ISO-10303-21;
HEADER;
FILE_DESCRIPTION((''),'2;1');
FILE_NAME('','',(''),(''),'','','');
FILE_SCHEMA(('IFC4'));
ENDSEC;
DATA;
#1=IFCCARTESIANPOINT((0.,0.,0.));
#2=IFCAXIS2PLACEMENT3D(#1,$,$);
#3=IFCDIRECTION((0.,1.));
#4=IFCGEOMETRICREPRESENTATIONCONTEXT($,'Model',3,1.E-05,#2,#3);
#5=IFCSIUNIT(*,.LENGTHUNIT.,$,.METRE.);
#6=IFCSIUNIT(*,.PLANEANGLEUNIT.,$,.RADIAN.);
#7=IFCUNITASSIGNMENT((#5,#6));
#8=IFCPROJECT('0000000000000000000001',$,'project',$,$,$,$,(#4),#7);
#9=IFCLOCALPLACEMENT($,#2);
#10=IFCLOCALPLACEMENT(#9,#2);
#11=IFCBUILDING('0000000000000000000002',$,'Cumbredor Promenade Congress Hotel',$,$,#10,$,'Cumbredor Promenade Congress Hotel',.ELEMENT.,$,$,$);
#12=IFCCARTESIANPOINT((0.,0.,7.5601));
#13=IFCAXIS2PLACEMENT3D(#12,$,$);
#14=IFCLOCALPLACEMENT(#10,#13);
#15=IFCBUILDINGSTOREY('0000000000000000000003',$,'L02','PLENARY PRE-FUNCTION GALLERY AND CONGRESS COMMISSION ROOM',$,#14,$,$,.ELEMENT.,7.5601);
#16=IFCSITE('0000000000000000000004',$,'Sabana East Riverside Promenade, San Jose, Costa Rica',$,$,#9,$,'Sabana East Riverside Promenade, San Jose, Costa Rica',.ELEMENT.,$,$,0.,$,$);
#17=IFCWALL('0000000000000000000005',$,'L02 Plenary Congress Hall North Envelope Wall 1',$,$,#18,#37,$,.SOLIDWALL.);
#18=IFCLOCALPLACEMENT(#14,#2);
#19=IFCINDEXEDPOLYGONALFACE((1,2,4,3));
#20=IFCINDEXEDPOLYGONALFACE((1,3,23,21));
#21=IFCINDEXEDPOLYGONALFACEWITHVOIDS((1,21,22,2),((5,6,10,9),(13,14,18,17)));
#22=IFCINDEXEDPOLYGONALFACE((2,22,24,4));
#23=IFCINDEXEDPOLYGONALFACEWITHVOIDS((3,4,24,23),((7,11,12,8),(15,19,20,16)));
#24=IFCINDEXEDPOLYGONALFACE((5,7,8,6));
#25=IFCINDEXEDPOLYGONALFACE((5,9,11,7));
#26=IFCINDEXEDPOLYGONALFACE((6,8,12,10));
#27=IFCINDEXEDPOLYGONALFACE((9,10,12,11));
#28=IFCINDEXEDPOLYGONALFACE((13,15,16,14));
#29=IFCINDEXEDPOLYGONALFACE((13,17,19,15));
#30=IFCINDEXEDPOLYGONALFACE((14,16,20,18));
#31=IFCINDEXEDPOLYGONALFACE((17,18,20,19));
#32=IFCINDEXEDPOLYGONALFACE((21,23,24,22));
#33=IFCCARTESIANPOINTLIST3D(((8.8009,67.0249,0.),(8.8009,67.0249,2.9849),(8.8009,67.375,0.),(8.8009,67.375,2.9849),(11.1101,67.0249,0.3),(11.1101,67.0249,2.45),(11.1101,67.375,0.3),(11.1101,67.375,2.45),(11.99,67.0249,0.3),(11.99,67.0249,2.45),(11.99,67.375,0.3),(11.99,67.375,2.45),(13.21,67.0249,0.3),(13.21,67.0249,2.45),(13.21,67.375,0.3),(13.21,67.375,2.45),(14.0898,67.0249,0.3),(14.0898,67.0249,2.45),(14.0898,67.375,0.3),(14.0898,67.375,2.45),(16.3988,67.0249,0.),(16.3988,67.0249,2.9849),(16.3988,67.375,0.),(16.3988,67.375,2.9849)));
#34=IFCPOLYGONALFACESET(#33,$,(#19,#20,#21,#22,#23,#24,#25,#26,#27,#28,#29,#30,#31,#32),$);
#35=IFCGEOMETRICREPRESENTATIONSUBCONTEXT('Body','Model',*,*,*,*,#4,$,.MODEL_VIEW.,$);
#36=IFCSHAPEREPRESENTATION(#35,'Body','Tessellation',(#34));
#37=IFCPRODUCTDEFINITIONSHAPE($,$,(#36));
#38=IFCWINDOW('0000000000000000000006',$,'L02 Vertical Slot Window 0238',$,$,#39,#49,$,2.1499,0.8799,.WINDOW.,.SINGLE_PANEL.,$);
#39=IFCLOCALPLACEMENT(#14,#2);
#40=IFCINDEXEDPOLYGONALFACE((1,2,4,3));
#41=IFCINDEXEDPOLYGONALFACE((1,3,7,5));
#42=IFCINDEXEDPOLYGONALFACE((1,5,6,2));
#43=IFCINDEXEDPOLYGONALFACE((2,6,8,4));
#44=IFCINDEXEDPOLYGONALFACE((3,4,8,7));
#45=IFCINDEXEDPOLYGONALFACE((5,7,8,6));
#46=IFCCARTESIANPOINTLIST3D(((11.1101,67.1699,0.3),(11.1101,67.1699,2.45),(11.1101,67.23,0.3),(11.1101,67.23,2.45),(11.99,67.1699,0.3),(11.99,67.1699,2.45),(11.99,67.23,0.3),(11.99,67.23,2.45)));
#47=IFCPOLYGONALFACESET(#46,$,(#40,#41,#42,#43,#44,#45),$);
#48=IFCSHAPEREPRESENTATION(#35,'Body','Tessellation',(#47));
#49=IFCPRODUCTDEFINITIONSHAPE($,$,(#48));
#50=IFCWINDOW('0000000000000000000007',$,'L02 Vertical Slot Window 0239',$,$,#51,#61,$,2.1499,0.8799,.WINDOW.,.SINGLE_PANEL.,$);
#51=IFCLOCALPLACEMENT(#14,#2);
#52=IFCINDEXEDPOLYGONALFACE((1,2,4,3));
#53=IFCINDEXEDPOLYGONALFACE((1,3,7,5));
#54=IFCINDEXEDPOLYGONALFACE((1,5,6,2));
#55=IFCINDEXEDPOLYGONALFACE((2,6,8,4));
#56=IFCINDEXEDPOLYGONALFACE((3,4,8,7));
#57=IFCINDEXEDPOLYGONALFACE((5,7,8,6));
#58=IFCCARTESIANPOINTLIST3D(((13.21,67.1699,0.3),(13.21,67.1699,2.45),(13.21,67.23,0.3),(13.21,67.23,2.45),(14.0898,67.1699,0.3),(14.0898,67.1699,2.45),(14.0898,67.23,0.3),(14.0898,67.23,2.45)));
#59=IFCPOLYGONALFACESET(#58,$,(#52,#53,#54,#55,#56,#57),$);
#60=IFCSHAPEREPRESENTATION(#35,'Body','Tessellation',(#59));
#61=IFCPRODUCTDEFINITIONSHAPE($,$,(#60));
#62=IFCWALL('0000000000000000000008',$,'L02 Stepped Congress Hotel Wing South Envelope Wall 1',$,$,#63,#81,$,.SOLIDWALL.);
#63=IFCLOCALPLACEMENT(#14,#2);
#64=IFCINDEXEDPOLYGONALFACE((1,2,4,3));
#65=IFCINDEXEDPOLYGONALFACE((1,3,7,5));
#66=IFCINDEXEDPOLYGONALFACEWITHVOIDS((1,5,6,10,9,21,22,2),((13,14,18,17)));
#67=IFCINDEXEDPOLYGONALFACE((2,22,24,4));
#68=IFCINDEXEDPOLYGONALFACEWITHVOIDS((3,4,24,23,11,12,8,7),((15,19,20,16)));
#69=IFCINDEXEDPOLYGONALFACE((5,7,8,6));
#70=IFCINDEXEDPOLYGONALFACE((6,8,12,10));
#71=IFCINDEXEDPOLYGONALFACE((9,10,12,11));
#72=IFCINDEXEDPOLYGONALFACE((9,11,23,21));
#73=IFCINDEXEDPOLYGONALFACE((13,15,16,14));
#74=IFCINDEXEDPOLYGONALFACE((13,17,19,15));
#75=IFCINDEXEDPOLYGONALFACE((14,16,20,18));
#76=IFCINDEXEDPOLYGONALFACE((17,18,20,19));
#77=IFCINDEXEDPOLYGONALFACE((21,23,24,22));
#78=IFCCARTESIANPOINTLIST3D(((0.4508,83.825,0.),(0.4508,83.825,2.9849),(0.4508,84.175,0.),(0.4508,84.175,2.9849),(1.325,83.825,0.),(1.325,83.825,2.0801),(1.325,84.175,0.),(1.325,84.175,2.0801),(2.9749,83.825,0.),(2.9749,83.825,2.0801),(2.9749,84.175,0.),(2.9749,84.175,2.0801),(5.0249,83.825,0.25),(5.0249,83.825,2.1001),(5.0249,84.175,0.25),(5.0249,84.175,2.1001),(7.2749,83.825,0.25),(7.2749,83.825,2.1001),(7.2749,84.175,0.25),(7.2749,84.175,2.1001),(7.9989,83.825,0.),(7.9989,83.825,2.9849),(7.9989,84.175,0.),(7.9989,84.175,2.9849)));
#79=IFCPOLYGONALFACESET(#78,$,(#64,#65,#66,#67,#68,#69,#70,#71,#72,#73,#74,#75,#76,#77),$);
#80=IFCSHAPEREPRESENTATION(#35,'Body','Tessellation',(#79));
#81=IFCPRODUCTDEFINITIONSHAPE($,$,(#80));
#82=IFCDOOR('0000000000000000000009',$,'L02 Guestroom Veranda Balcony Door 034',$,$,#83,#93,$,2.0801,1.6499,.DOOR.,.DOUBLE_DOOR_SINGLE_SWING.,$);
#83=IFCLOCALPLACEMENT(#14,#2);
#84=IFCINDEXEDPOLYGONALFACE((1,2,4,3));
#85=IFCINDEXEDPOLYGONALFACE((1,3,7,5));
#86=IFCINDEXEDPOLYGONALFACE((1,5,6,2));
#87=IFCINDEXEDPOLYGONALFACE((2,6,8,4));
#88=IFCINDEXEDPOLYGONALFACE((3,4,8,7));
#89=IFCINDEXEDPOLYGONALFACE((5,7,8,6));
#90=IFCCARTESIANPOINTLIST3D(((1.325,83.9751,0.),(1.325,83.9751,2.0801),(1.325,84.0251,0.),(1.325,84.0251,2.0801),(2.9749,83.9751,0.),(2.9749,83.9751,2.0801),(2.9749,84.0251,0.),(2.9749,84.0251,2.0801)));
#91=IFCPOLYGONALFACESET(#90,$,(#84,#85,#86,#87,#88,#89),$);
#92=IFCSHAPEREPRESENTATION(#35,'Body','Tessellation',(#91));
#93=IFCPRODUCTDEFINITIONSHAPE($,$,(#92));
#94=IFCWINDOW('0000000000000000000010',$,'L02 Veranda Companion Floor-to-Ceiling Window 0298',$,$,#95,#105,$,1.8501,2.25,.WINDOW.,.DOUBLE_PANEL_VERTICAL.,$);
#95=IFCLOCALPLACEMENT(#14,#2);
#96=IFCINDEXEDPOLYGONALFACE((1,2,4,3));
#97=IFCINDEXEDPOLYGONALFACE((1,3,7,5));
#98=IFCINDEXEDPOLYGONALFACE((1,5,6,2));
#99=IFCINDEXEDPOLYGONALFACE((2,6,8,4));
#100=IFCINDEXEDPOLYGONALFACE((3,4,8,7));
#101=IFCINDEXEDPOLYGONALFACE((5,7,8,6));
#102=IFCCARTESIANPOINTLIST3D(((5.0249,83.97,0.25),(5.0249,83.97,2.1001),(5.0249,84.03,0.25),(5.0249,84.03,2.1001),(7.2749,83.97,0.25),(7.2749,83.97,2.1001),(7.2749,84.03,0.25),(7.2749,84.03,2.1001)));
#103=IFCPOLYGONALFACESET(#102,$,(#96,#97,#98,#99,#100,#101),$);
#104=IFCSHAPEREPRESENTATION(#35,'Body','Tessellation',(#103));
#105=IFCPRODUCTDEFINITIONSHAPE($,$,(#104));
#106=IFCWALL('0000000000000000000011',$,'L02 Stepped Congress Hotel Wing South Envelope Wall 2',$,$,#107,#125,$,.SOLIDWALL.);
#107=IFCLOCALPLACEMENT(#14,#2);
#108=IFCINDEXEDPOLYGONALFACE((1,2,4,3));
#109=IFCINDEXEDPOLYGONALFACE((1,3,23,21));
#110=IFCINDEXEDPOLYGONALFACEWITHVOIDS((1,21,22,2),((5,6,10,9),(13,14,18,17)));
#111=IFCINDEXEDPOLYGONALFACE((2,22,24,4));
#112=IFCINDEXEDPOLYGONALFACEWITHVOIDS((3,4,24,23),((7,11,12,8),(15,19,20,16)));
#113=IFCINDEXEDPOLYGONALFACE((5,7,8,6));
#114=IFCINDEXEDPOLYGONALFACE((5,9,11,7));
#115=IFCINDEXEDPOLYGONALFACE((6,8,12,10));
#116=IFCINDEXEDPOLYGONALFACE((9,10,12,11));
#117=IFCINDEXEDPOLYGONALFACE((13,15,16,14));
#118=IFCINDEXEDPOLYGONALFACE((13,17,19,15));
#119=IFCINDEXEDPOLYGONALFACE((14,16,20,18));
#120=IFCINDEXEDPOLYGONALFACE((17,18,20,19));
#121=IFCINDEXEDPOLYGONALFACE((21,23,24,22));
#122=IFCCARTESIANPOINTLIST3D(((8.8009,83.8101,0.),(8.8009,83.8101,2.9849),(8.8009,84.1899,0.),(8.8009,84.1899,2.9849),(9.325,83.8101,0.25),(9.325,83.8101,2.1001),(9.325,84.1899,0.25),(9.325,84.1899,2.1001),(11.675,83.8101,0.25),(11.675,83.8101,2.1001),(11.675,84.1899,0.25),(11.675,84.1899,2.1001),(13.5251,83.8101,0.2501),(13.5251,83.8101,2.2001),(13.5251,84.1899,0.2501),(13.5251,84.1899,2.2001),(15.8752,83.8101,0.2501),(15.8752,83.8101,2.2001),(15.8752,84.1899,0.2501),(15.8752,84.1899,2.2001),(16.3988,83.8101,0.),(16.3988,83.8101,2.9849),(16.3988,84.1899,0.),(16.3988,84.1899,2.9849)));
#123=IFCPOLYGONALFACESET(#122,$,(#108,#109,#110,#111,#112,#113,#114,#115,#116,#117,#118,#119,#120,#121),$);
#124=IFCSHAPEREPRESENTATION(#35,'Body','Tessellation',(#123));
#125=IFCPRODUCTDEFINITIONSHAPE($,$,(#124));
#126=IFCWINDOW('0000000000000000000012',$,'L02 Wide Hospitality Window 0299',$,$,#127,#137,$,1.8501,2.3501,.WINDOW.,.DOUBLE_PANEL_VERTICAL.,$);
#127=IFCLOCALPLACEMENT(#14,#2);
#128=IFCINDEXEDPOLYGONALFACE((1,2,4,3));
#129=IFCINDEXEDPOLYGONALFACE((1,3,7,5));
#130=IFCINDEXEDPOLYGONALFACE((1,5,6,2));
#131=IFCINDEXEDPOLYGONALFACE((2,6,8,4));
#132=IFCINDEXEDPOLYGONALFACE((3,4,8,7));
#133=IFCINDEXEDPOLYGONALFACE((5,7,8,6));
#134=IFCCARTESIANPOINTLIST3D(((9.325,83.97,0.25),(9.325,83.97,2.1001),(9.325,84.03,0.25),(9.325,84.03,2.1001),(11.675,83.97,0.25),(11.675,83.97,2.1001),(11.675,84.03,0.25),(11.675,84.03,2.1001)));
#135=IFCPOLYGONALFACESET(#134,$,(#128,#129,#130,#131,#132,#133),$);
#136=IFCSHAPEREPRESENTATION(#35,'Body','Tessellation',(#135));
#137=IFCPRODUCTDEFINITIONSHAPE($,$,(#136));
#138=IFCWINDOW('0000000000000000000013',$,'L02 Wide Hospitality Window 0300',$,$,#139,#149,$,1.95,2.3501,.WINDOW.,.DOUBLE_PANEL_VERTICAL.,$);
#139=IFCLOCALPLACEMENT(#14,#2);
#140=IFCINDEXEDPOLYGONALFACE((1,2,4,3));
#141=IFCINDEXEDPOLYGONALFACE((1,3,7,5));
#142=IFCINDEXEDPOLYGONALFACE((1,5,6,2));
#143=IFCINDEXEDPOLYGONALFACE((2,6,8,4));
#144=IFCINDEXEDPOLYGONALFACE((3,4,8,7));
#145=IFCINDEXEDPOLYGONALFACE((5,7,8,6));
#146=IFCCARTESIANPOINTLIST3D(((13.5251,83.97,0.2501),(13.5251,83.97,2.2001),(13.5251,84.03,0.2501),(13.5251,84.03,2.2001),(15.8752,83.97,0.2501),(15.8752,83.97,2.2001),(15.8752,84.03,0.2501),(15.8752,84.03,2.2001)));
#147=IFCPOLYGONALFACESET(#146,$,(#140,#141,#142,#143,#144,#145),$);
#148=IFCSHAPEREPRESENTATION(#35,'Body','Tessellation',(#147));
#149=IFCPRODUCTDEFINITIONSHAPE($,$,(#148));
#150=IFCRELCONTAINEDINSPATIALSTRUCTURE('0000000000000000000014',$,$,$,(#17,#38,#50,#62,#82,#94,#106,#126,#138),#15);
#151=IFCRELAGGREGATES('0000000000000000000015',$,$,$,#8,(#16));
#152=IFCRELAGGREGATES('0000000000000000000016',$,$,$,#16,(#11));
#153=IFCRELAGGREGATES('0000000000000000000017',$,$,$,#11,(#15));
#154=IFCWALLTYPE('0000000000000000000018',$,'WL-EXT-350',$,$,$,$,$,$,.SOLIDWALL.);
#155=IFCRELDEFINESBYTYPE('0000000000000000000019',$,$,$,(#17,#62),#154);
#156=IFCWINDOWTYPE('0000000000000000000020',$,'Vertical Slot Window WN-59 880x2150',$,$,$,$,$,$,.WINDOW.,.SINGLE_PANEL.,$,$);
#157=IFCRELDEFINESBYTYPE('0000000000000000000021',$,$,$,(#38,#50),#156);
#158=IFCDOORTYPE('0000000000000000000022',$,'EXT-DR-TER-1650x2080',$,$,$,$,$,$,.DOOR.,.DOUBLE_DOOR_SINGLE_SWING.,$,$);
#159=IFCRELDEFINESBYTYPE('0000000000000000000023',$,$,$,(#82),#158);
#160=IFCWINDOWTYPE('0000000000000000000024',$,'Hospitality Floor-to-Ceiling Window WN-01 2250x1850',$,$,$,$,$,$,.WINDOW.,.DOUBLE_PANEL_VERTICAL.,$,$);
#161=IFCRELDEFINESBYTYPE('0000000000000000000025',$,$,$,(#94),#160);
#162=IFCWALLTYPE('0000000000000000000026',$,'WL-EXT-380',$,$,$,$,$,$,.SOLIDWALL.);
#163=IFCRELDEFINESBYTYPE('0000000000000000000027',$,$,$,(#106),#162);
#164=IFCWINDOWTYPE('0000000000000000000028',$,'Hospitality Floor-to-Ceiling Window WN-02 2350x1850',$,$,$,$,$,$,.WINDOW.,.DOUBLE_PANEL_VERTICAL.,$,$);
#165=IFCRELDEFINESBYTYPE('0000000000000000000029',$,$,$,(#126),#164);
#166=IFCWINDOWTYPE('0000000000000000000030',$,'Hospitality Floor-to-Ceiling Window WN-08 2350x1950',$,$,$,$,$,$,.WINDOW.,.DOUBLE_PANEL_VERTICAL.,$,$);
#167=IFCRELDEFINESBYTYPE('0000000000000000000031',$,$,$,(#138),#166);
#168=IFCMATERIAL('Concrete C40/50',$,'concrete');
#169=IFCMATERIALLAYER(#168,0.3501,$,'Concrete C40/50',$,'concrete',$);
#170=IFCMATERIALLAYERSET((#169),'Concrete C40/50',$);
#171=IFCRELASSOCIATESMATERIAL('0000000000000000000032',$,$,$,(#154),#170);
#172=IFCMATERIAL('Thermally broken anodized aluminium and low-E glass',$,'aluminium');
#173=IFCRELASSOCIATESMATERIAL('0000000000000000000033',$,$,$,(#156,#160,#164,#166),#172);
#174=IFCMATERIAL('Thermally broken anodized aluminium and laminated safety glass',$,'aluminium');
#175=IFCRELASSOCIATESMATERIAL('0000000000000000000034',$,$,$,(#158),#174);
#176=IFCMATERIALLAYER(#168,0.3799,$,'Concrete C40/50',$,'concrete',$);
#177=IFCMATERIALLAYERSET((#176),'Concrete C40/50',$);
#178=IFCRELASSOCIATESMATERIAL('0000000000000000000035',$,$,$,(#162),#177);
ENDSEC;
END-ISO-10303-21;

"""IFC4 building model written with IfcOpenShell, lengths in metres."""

from ifc_helpers import new_model, si_unit, direction, frame, frame_2d, origin, place, context, subcontext, project, spatial, rectangle, extrude, material, layer, layer_set, type_object, element, fill, save


model = new_model("IFC4")

# Units and contexts
model_context = context("Model", 3, precision=1e-05, world=origin(), true_north=direction((0.0, 1.0)))
body_context = subcontext(model_context, "Body", "Model", "MODEL_VIEW")
ifc_project = project(units=[si_unit("LENGTHUNIT", "METRE"), si_unit("PLANEANGLEUNIT", "RADIAN")], contexts=[model_context])

# Site, building, storey
site_placement = place(None, origin())
site = spatial("IfcSite", under=ifc_project, at=site_placement, Name="Sabana East Riverside Promenade, San Jose, Costa Rica", LongName="Sabana East Riverside Promenade, San Jose, Costa Rica", CompositionType="ELEMENT", RefElevation=0.0)
building_placement = place(site_placement, origin())
building = spatial("IfcBuilding", under=site, at=building_placement, Name="Cumbredor Promenade Congress Hotel", LongName="Cumbredor Promenade Congress Hotel", CompositionType="ELEMENT")
storey_placement = place(building_placement, frame((0.0, 0.0, 7.5601)))
storey = spatial("IfcBuildingStorey", under=building, at=storey_placement, Name="L02", Description="PLENARY PRE-FUNCTION GALLERY AND CONGRESS COMMISSION ROOM", CompositionType="ELEMENT", Elevation=7.5601)

# Shared definitions
ifc_material_1 = material(Name="Thermally broken anodized aluminium and low-E glass", Category="aluminium")

# Shared definitions
ifc_material_2 = material(Name="Concrete C40/50", Category="concrete")

# Wall, openings, windows
ifc_layer_1 = layer(ifc_material_2, 0.3501, Name="Concrete C40/50", Category="concrete")
ifc_layer_set_1 = layer_set([ifc_layer_1], Name="Concrete C40/50")
wall_type_1 = type_object("IfcWallType", Name="WL-EXT-350", PredefinedType="SOLIDWALL", material=ifc_layer_set_1)
wall_1_placement = place(storey_placement, frame((8.801, 67.2, 0.0), z_axis=(0.0, 0.0, 1.0), x_axis=(1.0, 0.0, 0.0)))
wall_1 = element("IfcWall", 1, at=wall_1_placement, inside=storey, type_object=wall_type_1, Name="L02 Plenary Congress Hall North Envelope Wall 1", PredefinedType="SOLIDWALL", context=body_context, shape_type="SweptSolid", body=[
    extrude(rectangle(XDim=7.5979, YDim=0.3501, at=frame_2d((3.7988, 0.0))), origin(), (0.0, 0.0, 1.0), 2.9849),
])
opening_1_placement = place(wall_1_placement, frame((2.3091, 0.0, 0.3)))
opening_1 = element("IfcOpeningElement", 2, at=opening_1_placement, cuts=wall_1, PredefinedType="OPENING", context=body_context, shape_type="SweptSolid", body=[
    extrude(rectangle(XDim=0.8799, YDim=2.1499, at=frame_2d((0.4399, 1.075))), frame((0.0, 0.1851, 0.0), z_axis=(0.0, -1.0, 0.0), x_axis=(1.0, 0.0, 0.0)), (0.0, 0.0, 1.0), 0.3701),
])
opening_2_placement = place(wall_1_placement, frame((4.4089, 0.0, 0.3)))
opening_2 = element("IfcOpeningElement", 3, at=opening_2_placement, cuts=wall_1, PredefinedType="OPENING", context=body_context, shape_type="SweptSolid", body=[
    extrude(rectangle(XDim=0.8799, YDim=2.1499, at=frame_2d((0.4399, 1.075))), frame((0.0, 0.1851, 0.0), z_axis=(0.0, -1.0, 0.0), x_axis=(1.0, 0.0, 0.0)), (0.0, 0.0, 1.0), 0.3701),
])
window_type_1 = type_object("IfcWindowType", Name="Vertical Slot Window WN-59 880x2150", PartitioningType="SINGLE_PANEL", PredefinedType="WINDOW", material=ifc_material_1)
window_1_placement = place(opening_1_placement, origin())
window_1 = element("IfcWindow", 4, at=window_1_placement, inside=storey, type_object=window_type_1, Name="L02 Vertical Slot Window 0238", OverallHeight=2.1499, OverallWidth=0.8799, PartitioningType="SINGLE_PANEL", PredefinedType="WINDOW", context=body_context, shape_type="SweptSolid", body=[
    extrude(rectangle(XDim=0.8799, YDim=2.1499, at=frame_2d((0.4399, 1.075))), frame((0.0, 0.03, 0.0), z_axis=(0.0, -1.0, 0.0), x_axis=(1.0, 0.0, 0.0)), (0.0, 0.0, 1.0), 0.0601),
])
fill(opening_1, window_1)
window_2_placement = place(opening_2_placement, origin())
window_2 = element("IfcWindow", 5, at=window_2_placement, inside=storey, type_object=window_type_1, Name="L02 Vertical Slot Window 0239", OverallHeight=2.1499, OverallWidth=0.8799, PartitioningType="SINGLE_PANEL", PredefinedType="WINDOW", context=body_context, shape_type="SweptSolid", body=[
    extrude(rectangle(XDim=0.8799, YDim=2.1499, at=frame_2d((0.4399, 1.075))), frame((0.0, 0.03, 0.0), z_axis=(0.0, -1.0, 0.0), x_axis=(1.0, 0.0, 0.0)), (0.0, 0.0, 1.0), 0.0601),
])
fill(opening_2, window_2)

# Wall, openings, door, window
wall_2_placement = place(storey_placement, frame((0.4509, 84.0, 0.0), z_axis=(0.0, 0.0, 1.0), x_axis=(1.0, 0.0, 0.0)))
wall_2 = element("IfcWall", 6, at=wall_2_placement, inside=storey, type_object=wall_type_1, Name="L02 Stepped Congress Hotel Wing South Envelope Wall 1", PredefinedType="SOLIDWALL", context=body_context, shape_type="SweptSolid", body=[
    extrude(rectangle(XDim=7.5481, YDim=0.3501, at=frame_2d((3.7739, 0.0))), origin(), (0.0, 0.0, 1.0), 2.9849),
])
opening_3_placement = place(wall_2_placement, frame((0.874, 0.0, 0.0)))
opening_3 = element("IfcOpeningElement", 7, at=opening_3_placement, cuts=wall_2, PredefinedType="OPENING", context=body_context, shape_type="SweptSolid", body=[
    extrude(rectangle(XDim=1.6499, YDim=2.0801, at=frame_2d((0.825, 1.04))), frame((0.0, 0.1851, 0.0), z_axis=(0.0, -1.0, 0.0), x_axis=(1.0, 0.0, 0.0)), (0.0, 0.0, 1.0), 0.3701),
])
opening_4_placement = place(wall_2_placement, frame((4.574, 0.0, 0.25)))
opening_4 = element("IfcOpeningElement", 8, at=opening_4_placement, cuts=wall_2, PredefinedType="OPENING", context=body_context, shape_type="SweptSolid", body=[
    extrude(rectangle(XDim=2.25, YDim=1.8501, at=frame_2d((1.125, 0.925))), frame((0.0, 0.1851, 0.0), z_axis=(0.0, -1.0, 0.0), x_axis=(1.0, 0.0, 0.0)), (0.0, 0.0, 1.0), 0.3701),
])
ifc_material_3 = material(Name="Thermally broken anodized aluminium and laminated safety glass", Category="aluminium")
door_type = type_object("IfcDoorType", Name="EXT-DR-TER-1650x2080", OperationType="DOUBLE_DOOR_SINGLE_SWING", PredefinedType="DOOR", material=ifc_material_3)
door_placement = place(opening_3_placement, frame((1.6499, 0.0, 0.0), z_axis=(0.0, 0.0, 1.0), x_axis=(-1.0, 0.0, 0.0)))
door = element("IfcDoor", 9, at=door_placement, inside=storey, type_object=door_type, Name="L02 Guestroom Veranda Balcony Door 034", OperationType="DOUBLE_DOOR_SINGLE_SWING", OverallHeight=2.0801, OverallWidth=1.6499, PredefinedType="DOOR", context=body_context, shape_type="SweptSolid", body=[
    extrude(rectangle(XDim=1.6499, YDim=2.0801, at=frame_2d((0.825, 1.04))), frame((0.0, 0.0249, 0.0), z_axis=(0.0, -1.0, 0.0), x_axis=(1.0, 0.0, 0.0)), (0.0, 0.0, 1.0), 0.05),
])
fill(opening_3, door)
window_type_2 = type_object("IfcWindowType", Name="Hospitality Floor-to-Ceiling Window WN-01 2250x1850", PartitioningType="DOUBLE_PANEL_VERTICAL", PredefinedType="WINDOW", material=ifc_material_1)
window_3_placement = place(opening_4_placement, origin())
window_3 = element("IfcWindow", 10, at=window_3_placement, inside=storey, type_object=window_type_2, Name="L02 Veranda Companion Floor-to-Ceiling Window 0298", OverallHeight=1.8501, OverallWidth=2.25, PartitioningType="DOUBLE_PANEL_VERTICAL", PredefinedType="WINDOW", context=body_context, shape_type="SweptSolid", body=[
    extrude(rectangle(XDim=2.25, YDim=1.8501, at=frame_2d((1.125, 0.925))), frame((0.0, 0.03, 0.0), z_axis=(0.0, -1.0, 0.0), x_axis=(1.0, 0.0, 0.0)), (0.0, 0.0, 1.0), 0.0601),
])
fill(opening_4, window_3)

# Wall, openings, windows
ifc_layer_2 = layer(ifc_material_2, 0.3799, Name="Concrete C40/50", Category="concrete")
ifc_layer_set_2 = layer_set([ifc_layer_2], Name="Concrete C40/50")
wall_type_2 = type_object("IfcWallType", Name="WL-EXT-380", PredefinedType="SOLIDWALL", material=ifc_layer_set_2)
wall_3_placement = place(storey_placement, frame((8.801, 84.0, 0.0), z_axis=(0.0, 0.0, 1.0), x_axis=(1.0, 0.0, 0.0)))
wall_3 = element("IfcWall", 11, at=wall_3_placement, inside=storey, type_object=wall_type_2, Name="L02 Stepped Congress Hotel Wing South Envelope Wall 2", PredefinedType="SOLIDWALL", context=body_context, shape_type="SweptSolid", body=[
    extrude(rectangle(XDim=7.5979, YDim=0.3799, at=frame_2d((3.7988, 0.0))), origin(), (0.0, 0.0, 1.0), 2.9849),
])
opening_5_placement = place(wall_3_placement, frame((0.5239, 0.0, 0.25)))
opening_5 = element("IfcOpeningElement", 12, at=opening_5_placement, cuts=wall_3, PredefinedType="OPENING", context=body_context, shape_type="SweptSolid", body=[
    extrude(rectangle(XDim=2.3501, YDim=1.8501, at=frame_2d((1.175, 0.925))), frame((0.0, 0.2, 0.0), z_axis=(0.0, -1.0, 0.0), x_axis=(1.0, 0.0, 0.0)), (0.0, 0.0, 1.0), 0.3999),
])
opening_6_placement = place(wall_3_placement, frame((4.7241, 0.0, 0.25)))
opening_6 = element("IfcOpeningElement", 13, at=opening_6_placement, cuts=wall_3, PredefinedType="OPENING", context=body_context, shape_type="SweptSolid", body=[
    extrude(rectangle(XDim=2.3501, YDim=1.95, at=frame_2d((1.175, 0.9751))), frame((0.0, 0.2, 0.0), z_axis=(0.0, -1.0, 0.0), x_axis=(1.0, 0.0, 0.0)), (0.0, 0.0, 1.0), 0.3999),
])
window_type_3 = type_object("IfcWindowType", Name="Hospitality Floor-to-Ceiling Window WN-02 2350x1850", PartitioningType="DOUBLE_PANEL_VERTICAL", PredefinedType="WINDOW", material=ifc_material_1)
window_4_placement = place(opening_5_placement, origin())
window_4 = element("IfcWindow", 14, at=window_4_placement, inside=storey, type_object=window_type_3, Name="L02 Wide Hospitality Window 0299", OverallHeight=1.8501, OverallWidth=2.3501, PartitioningType="DOUBLE_PANEL_VERTICAL", PredefinedType="WINDOW", context=body_context, shape_type="SweptSolid", body=[
    extrude(rectangle(XDim=2.3501, YDim=1.8501, at=frame_2d((1.175, 0.925))), frame((0.0, 0.03, 0.0), z_axis=(0.0, -1.0, 0.0), x_axis=(1.0, 0.0, 0.0)), (0.0, 0.0, 1.0), 0.0601),
])
fill(opening_5, window_4)
window_type_4 = type_object("IfcWindowType", Name="Hospitality Floor-to-Ceiling Window WN-08 2350x1950", PartitioningType="DOUBLE_PANEL_VERTICAL", PredefinedType="WINDOW", material=ifc_material_1)
window_5_placement = place(opening_6_placement, origin())
window_5 = element("IfcWindow", 15, at=window_5_placement, inside=storey, type_object=window_type_4, Name="L02 Wide Hospitality Window 0300", OverallHeight=1.95, OverallWidth=2.3501, PartitioningType="DOUBLE_PANEL_VERTICAL", PredefinedType="WINDOW", context=body_context, shape_type="SweptSolid", body=[
    extrude(rectangle(XDim=2.3501, YDim=1.95, at=frame_2d((1.175, 0.9751))), frame((0.0, 0.03, 0.0), z_axis=(0.0, -1.0, 0.0), x_axis=(1.0, 0.0, 0.0)), (0.0, 0.0, 1.0), 0.0601),
])
fill(opening_6, window_5)

save(model, "model.ifc")
